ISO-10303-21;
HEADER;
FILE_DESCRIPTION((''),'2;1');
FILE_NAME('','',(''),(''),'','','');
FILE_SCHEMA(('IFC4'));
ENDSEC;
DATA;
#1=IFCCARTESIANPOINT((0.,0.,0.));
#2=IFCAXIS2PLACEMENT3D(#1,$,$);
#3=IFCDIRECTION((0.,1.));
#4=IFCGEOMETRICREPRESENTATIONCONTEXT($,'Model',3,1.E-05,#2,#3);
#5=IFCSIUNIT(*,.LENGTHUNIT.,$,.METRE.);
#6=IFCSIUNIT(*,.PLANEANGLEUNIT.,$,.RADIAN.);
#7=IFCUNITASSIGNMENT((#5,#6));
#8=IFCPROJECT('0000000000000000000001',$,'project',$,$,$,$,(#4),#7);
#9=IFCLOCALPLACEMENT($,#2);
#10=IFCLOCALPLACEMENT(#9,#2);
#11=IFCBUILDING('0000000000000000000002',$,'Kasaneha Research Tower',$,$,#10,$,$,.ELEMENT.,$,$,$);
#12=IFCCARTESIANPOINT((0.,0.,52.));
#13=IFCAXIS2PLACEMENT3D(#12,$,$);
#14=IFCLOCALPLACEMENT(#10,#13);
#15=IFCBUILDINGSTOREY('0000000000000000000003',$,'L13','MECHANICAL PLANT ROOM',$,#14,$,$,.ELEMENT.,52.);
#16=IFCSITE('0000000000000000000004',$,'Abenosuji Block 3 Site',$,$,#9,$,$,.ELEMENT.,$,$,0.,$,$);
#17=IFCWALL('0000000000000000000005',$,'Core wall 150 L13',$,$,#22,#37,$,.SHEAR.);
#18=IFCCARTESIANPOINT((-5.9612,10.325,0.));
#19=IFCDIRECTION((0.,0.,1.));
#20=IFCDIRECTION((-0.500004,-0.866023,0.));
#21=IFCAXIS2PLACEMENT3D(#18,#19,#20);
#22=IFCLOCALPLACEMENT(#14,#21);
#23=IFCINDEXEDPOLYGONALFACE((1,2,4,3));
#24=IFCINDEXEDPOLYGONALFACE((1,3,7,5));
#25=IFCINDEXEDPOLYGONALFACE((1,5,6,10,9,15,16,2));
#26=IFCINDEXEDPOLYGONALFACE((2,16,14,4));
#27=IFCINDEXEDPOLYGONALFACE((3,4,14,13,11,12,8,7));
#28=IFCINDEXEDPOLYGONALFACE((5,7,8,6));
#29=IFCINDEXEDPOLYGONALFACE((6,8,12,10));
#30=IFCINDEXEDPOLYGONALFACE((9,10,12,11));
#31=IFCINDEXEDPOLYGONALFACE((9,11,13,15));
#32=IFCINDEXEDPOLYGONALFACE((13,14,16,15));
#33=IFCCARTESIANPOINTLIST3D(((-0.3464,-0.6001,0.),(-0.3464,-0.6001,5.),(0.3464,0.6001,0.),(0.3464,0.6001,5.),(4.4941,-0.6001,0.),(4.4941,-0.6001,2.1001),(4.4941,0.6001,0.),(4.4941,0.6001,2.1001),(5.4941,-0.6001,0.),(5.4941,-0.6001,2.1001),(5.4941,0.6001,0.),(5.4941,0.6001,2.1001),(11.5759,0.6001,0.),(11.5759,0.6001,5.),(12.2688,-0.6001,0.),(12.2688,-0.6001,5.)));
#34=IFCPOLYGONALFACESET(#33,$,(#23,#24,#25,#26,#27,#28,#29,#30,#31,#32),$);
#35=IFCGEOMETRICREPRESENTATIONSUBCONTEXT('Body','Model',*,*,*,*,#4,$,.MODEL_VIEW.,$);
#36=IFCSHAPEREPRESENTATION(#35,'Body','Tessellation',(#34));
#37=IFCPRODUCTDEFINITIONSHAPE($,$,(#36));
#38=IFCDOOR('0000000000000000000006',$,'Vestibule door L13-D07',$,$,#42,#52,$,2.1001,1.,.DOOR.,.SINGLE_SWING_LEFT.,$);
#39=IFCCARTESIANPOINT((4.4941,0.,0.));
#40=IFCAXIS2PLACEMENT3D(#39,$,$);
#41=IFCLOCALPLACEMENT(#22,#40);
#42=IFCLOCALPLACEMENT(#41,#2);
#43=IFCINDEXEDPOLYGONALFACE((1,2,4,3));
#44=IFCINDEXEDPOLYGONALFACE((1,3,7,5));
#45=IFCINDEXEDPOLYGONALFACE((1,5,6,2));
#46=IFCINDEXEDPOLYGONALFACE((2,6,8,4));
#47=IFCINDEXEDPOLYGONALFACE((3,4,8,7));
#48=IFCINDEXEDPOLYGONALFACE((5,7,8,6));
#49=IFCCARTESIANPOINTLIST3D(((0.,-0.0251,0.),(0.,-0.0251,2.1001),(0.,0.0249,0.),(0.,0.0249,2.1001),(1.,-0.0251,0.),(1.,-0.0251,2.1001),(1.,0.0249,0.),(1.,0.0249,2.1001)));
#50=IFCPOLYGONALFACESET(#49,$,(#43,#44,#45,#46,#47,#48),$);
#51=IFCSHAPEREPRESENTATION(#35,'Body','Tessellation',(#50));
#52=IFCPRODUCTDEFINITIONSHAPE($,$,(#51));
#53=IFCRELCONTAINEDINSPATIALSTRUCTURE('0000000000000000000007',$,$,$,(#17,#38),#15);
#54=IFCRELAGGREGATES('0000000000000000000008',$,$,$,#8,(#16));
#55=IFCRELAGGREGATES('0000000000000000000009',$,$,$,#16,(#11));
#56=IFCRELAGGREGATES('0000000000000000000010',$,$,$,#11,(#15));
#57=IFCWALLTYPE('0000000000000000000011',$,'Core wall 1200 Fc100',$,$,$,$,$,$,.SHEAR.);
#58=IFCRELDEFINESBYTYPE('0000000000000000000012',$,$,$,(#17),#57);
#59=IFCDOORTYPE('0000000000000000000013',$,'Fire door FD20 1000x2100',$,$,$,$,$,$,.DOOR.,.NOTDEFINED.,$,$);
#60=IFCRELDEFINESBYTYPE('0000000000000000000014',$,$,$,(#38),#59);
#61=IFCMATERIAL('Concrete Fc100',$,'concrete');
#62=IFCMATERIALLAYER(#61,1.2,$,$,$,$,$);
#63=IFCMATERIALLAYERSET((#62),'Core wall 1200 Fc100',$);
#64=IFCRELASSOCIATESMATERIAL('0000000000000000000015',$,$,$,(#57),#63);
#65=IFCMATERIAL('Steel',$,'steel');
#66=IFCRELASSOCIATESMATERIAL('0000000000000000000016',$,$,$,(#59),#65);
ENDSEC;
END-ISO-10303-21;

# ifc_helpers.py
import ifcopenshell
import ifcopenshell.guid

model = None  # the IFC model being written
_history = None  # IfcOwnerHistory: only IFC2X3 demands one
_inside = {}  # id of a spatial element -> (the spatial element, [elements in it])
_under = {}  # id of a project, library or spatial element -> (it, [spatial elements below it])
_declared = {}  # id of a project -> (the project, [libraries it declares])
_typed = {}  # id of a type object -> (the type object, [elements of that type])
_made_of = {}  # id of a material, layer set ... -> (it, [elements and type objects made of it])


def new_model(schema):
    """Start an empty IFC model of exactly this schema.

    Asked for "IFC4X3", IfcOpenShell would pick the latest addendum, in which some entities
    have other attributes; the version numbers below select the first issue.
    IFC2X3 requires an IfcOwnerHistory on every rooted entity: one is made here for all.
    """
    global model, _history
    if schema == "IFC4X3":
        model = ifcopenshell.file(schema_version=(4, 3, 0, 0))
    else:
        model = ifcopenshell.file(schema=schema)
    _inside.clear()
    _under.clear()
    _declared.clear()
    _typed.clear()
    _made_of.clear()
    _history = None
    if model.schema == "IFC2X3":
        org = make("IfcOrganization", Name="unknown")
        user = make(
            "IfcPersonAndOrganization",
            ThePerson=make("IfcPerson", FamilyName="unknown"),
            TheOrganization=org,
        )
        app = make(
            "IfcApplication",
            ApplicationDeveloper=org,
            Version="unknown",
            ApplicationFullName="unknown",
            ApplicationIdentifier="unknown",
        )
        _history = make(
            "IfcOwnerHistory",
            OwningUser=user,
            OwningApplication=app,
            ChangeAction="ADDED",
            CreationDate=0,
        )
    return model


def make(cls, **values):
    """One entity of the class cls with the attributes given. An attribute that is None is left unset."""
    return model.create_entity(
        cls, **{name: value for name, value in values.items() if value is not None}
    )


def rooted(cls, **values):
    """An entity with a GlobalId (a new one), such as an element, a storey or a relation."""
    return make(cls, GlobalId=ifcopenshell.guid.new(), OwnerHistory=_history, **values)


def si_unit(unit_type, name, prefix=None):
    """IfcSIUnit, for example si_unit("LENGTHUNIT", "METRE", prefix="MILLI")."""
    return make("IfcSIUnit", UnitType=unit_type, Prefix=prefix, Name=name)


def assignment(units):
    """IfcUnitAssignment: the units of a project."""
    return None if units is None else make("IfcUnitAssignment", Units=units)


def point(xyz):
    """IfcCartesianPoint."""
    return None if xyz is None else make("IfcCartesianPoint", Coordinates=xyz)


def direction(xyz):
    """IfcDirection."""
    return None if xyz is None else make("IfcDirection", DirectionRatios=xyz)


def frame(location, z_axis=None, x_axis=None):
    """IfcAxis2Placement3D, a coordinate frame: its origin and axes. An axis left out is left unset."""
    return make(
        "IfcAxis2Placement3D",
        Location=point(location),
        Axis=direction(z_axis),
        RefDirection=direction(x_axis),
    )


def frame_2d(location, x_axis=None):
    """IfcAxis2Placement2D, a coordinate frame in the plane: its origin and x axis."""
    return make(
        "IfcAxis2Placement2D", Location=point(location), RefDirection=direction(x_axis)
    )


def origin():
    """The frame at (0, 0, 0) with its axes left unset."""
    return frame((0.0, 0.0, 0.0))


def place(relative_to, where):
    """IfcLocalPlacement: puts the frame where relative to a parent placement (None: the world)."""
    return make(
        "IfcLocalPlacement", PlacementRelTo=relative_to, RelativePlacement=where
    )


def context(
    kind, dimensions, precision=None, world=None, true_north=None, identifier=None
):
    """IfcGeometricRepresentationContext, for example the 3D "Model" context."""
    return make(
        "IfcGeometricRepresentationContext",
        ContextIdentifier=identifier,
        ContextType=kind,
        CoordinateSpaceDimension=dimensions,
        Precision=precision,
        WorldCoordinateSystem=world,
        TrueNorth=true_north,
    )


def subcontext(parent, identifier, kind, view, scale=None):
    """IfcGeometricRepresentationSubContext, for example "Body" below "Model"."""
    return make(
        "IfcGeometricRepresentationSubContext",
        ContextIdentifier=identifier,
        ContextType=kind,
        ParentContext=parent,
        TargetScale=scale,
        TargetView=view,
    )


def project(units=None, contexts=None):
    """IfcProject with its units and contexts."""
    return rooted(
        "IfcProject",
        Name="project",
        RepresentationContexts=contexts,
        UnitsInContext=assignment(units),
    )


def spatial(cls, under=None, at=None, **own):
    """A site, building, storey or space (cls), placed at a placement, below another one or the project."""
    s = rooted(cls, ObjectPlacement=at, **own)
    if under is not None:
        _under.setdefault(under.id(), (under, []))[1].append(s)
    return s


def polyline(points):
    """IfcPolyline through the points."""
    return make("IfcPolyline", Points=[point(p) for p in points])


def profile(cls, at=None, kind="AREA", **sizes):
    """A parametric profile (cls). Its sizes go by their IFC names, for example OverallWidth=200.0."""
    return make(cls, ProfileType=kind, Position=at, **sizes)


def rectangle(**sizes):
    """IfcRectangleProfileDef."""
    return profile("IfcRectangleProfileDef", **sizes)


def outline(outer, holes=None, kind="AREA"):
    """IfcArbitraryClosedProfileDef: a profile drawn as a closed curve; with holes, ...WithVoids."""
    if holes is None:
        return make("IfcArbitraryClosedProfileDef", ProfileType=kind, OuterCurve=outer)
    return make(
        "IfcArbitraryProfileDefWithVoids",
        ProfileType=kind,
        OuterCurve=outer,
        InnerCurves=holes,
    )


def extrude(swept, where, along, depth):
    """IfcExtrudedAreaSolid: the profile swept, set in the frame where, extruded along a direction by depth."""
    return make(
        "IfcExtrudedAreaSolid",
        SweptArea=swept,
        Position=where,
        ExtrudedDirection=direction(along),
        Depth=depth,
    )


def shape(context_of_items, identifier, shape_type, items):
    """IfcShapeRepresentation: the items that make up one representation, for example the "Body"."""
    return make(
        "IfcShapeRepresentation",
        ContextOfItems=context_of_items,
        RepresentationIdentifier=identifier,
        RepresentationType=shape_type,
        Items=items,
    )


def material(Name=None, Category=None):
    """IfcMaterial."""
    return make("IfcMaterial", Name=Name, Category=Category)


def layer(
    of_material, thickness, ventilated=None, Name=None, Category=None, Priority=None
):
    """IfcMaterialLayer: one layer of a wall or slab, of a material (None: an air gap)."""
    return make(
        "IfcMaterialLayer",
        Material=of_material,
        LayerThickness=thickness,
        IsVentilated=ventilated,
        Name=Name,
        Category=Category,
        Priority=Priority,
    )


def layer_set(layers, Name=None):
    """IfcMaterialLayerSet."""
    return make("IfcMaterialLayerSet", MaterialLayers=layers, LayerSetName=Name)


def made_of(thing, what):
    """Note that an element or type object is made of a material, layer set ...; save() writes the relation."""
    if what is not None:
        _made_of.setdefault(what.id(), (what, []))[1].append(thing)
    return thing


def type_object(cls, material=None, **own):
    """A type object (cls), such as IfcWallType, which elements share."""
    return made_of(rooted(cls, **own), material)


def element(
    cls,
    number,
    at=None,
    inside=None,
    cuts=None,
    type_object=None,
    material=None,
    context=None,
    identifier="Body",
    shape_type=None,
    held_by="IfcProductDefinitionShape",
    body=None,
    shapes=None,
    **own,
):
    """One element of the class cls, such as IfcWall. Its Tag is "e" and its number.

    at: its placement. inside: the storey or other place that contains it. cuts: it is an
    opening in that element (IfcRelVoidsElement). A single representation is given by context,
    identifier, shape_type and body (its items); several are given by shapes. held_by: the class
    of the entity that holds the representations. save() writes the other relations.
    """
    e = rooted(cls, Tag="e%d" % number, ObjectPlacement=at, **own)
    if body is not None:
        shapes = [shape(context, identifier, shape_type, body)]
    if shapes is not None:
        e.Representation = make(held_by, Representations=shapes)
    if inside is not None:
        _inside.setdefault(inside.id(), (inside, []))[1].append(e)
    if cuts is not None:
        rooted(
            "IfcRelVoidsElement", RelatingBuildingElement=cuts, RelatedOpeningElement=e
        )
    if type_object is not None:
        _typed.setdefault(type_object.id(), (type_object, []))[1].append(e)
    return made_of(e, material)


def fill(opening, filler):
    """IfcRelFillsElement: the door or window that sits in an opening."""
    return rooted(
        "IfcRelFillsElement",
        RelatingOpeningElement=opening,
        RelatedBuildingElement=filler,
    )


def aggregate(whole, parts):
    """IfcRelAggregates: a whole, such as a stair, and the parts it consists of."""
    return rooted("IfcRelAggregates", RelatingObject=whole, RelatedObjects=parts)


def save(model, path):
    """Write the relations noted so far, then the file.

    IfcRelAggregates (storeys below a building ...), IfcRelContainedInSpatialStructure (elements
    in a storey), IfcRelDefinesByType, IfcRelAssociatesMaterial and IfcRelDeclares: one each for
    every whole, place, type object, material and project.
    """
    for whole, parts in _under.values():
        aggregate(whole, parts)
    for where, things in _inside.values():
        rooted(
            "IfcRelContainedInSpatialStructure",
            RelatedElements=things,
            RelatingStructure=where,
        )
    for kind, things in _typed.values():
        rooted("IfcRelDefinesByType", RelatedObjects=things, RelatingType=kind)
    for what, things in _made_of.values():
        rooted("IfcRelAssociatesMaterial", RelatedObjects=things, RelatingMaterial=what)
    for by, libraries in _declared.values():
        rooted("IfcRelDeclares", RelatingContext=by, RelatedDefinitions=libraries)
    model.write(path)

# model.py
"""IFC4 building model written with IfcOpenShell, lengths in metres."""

from ifc_helpers import new_model, si_unit, direction, frame, frame_2d, origin, place, context, subcontext, project, spatial, polyline, rectangle, outline, extrude, material, layer, layer_set, type_object, element, fill, save


model = new_model("IFC4")

# Units and contexts
model_context = context("Model", 3, precision=1e-05, world=origin(), true_north=direction((0.0, 1.0)))
body_context = subcontext(model_context, "Body", "Model", "MODEL_VIEW")
ifc_project = project(units=[si_unit("LENGTHUNIT", "METRE"), si_unit("PLANEANGLEUNIT", "RADIAN")], contexts=[model_context])

# Site, building, storey
site_placement = place(None, origin())
site = spatial("IfcSite", under=ifc_project, at=site_placement, Name="Abenosuji Block 3 Site", CompositionType="ELEMENT", RefElevation=0.0)
building_placement = place(site_placement, origin())
building = spatial("IfcBuilding", under=site, at=building_placement, Name="Kasaneha Research Tower", CompositionType="ELEMENT")
storey_placement = place(building_placement, frame((0.0, 0.0, 52.0)))
storey = spatial("IfcBuildingStorey", under=building, at=storey_placement, Name="L13", Description="MECHANICAL PLANT ROOM", CompositionType="ELEMENT", Elevation=52.0)

# Wall, opening, door
ifc_material_1 = material(Name="Concrete Fc100", Category="concrete")
ifc_layer_1 = layer(ifc_material_1, 1.2)
ifc_layer_set_1 = layer_set([ifc_layer_1], Name="Core wall 1200 Fc100")
wall_type_1 = type_object("IfcWallType", Name="Core wall 1200 Fc100", PredefinedType="SHEAR", material=ifc_layer_set_1)
wall_1_placement = place(storey_placement, frame((-5.9612, 10.325, 0.0), z_axis=(0.0, 0.0, 1.0), x_axis=(-0.500004, -0.866023, 0.0)))
wall_1 = element("IfcWall", 1, at=wall_1_placement, inside=storey, type_object=wall_type_1, Name="Core wall 150 L13", PredefinedType="SHEAR", context=body_context, shape_type="SweptSolid", body=[
    extrude(outline(polyline([(-0.3464, -0.6001), (4.4941, -0.6001), (5.4941, -0.6001), (12.2688, -0.6001), (11.5759, 0.6001), (5.4941, 0.6001), (4.4941, 0.6001), (0.3464, 0.6001), (-0.3464, -0.6001)])), origin(), (0.0, 0.0, 1.0), 5.0),
])
opening_1_placement = place(wall_1_placement, frame((4.4941, 0.0, 0.0)))
opening_1 = element("IfcOpeningElement", 2, at=opening_1_placement, cuts=wall_1, PredefinedType="OPENING", context=body_context, shape_type="SweptSolid", body=[
    extrude(rectangle(XDim=1.0, YDim=2.1001, at=frame_2d((0.5, 1.05))), frame((0.0, 0.6099, 0.0), z_axis=(0.0, -1.0, 0.0), x_axis=(1.0, 0.0, 0.0)), (0.0, 0.0, 1.0), 1.22),
])
ifc_material_2 = material(Name="Steel", Category="steel")
door_type_1 = type_object("IfcDoorType", Name="Fire door FD20 1000x2100", OperationType="NOTDEFINED", PredefinedType="DOOR", material=ifc_material_2)
door_1_placement = place(opening_1_placement, origin())
door_1 = element("IfcDoor", 3, at=door_1_placement, inside=storey, type_object=door_type_1, Name="Vestibule door L13-D07", OperationType="SINGLE_SWING_LEFT", OverallHeight=2.1001, OverallWidth=1.0, PredefinedType="DOOR", context=body_context, shape_type="SweptSolid", body=[
    extrude(rectangle(XDim=1.0, YDim=2.1001, at=frame_2d((0.5, 1.05))), frame((0.0, 0.0249, 0.0), z_axis=(0.0, -1.0, 0.0), x_axis=(1.0, 0.0, 0.0)), (0.0, 0.0, 1.0), 0.05),
])
fill(opening_1, door_1)

save(model, "model.ifc")
